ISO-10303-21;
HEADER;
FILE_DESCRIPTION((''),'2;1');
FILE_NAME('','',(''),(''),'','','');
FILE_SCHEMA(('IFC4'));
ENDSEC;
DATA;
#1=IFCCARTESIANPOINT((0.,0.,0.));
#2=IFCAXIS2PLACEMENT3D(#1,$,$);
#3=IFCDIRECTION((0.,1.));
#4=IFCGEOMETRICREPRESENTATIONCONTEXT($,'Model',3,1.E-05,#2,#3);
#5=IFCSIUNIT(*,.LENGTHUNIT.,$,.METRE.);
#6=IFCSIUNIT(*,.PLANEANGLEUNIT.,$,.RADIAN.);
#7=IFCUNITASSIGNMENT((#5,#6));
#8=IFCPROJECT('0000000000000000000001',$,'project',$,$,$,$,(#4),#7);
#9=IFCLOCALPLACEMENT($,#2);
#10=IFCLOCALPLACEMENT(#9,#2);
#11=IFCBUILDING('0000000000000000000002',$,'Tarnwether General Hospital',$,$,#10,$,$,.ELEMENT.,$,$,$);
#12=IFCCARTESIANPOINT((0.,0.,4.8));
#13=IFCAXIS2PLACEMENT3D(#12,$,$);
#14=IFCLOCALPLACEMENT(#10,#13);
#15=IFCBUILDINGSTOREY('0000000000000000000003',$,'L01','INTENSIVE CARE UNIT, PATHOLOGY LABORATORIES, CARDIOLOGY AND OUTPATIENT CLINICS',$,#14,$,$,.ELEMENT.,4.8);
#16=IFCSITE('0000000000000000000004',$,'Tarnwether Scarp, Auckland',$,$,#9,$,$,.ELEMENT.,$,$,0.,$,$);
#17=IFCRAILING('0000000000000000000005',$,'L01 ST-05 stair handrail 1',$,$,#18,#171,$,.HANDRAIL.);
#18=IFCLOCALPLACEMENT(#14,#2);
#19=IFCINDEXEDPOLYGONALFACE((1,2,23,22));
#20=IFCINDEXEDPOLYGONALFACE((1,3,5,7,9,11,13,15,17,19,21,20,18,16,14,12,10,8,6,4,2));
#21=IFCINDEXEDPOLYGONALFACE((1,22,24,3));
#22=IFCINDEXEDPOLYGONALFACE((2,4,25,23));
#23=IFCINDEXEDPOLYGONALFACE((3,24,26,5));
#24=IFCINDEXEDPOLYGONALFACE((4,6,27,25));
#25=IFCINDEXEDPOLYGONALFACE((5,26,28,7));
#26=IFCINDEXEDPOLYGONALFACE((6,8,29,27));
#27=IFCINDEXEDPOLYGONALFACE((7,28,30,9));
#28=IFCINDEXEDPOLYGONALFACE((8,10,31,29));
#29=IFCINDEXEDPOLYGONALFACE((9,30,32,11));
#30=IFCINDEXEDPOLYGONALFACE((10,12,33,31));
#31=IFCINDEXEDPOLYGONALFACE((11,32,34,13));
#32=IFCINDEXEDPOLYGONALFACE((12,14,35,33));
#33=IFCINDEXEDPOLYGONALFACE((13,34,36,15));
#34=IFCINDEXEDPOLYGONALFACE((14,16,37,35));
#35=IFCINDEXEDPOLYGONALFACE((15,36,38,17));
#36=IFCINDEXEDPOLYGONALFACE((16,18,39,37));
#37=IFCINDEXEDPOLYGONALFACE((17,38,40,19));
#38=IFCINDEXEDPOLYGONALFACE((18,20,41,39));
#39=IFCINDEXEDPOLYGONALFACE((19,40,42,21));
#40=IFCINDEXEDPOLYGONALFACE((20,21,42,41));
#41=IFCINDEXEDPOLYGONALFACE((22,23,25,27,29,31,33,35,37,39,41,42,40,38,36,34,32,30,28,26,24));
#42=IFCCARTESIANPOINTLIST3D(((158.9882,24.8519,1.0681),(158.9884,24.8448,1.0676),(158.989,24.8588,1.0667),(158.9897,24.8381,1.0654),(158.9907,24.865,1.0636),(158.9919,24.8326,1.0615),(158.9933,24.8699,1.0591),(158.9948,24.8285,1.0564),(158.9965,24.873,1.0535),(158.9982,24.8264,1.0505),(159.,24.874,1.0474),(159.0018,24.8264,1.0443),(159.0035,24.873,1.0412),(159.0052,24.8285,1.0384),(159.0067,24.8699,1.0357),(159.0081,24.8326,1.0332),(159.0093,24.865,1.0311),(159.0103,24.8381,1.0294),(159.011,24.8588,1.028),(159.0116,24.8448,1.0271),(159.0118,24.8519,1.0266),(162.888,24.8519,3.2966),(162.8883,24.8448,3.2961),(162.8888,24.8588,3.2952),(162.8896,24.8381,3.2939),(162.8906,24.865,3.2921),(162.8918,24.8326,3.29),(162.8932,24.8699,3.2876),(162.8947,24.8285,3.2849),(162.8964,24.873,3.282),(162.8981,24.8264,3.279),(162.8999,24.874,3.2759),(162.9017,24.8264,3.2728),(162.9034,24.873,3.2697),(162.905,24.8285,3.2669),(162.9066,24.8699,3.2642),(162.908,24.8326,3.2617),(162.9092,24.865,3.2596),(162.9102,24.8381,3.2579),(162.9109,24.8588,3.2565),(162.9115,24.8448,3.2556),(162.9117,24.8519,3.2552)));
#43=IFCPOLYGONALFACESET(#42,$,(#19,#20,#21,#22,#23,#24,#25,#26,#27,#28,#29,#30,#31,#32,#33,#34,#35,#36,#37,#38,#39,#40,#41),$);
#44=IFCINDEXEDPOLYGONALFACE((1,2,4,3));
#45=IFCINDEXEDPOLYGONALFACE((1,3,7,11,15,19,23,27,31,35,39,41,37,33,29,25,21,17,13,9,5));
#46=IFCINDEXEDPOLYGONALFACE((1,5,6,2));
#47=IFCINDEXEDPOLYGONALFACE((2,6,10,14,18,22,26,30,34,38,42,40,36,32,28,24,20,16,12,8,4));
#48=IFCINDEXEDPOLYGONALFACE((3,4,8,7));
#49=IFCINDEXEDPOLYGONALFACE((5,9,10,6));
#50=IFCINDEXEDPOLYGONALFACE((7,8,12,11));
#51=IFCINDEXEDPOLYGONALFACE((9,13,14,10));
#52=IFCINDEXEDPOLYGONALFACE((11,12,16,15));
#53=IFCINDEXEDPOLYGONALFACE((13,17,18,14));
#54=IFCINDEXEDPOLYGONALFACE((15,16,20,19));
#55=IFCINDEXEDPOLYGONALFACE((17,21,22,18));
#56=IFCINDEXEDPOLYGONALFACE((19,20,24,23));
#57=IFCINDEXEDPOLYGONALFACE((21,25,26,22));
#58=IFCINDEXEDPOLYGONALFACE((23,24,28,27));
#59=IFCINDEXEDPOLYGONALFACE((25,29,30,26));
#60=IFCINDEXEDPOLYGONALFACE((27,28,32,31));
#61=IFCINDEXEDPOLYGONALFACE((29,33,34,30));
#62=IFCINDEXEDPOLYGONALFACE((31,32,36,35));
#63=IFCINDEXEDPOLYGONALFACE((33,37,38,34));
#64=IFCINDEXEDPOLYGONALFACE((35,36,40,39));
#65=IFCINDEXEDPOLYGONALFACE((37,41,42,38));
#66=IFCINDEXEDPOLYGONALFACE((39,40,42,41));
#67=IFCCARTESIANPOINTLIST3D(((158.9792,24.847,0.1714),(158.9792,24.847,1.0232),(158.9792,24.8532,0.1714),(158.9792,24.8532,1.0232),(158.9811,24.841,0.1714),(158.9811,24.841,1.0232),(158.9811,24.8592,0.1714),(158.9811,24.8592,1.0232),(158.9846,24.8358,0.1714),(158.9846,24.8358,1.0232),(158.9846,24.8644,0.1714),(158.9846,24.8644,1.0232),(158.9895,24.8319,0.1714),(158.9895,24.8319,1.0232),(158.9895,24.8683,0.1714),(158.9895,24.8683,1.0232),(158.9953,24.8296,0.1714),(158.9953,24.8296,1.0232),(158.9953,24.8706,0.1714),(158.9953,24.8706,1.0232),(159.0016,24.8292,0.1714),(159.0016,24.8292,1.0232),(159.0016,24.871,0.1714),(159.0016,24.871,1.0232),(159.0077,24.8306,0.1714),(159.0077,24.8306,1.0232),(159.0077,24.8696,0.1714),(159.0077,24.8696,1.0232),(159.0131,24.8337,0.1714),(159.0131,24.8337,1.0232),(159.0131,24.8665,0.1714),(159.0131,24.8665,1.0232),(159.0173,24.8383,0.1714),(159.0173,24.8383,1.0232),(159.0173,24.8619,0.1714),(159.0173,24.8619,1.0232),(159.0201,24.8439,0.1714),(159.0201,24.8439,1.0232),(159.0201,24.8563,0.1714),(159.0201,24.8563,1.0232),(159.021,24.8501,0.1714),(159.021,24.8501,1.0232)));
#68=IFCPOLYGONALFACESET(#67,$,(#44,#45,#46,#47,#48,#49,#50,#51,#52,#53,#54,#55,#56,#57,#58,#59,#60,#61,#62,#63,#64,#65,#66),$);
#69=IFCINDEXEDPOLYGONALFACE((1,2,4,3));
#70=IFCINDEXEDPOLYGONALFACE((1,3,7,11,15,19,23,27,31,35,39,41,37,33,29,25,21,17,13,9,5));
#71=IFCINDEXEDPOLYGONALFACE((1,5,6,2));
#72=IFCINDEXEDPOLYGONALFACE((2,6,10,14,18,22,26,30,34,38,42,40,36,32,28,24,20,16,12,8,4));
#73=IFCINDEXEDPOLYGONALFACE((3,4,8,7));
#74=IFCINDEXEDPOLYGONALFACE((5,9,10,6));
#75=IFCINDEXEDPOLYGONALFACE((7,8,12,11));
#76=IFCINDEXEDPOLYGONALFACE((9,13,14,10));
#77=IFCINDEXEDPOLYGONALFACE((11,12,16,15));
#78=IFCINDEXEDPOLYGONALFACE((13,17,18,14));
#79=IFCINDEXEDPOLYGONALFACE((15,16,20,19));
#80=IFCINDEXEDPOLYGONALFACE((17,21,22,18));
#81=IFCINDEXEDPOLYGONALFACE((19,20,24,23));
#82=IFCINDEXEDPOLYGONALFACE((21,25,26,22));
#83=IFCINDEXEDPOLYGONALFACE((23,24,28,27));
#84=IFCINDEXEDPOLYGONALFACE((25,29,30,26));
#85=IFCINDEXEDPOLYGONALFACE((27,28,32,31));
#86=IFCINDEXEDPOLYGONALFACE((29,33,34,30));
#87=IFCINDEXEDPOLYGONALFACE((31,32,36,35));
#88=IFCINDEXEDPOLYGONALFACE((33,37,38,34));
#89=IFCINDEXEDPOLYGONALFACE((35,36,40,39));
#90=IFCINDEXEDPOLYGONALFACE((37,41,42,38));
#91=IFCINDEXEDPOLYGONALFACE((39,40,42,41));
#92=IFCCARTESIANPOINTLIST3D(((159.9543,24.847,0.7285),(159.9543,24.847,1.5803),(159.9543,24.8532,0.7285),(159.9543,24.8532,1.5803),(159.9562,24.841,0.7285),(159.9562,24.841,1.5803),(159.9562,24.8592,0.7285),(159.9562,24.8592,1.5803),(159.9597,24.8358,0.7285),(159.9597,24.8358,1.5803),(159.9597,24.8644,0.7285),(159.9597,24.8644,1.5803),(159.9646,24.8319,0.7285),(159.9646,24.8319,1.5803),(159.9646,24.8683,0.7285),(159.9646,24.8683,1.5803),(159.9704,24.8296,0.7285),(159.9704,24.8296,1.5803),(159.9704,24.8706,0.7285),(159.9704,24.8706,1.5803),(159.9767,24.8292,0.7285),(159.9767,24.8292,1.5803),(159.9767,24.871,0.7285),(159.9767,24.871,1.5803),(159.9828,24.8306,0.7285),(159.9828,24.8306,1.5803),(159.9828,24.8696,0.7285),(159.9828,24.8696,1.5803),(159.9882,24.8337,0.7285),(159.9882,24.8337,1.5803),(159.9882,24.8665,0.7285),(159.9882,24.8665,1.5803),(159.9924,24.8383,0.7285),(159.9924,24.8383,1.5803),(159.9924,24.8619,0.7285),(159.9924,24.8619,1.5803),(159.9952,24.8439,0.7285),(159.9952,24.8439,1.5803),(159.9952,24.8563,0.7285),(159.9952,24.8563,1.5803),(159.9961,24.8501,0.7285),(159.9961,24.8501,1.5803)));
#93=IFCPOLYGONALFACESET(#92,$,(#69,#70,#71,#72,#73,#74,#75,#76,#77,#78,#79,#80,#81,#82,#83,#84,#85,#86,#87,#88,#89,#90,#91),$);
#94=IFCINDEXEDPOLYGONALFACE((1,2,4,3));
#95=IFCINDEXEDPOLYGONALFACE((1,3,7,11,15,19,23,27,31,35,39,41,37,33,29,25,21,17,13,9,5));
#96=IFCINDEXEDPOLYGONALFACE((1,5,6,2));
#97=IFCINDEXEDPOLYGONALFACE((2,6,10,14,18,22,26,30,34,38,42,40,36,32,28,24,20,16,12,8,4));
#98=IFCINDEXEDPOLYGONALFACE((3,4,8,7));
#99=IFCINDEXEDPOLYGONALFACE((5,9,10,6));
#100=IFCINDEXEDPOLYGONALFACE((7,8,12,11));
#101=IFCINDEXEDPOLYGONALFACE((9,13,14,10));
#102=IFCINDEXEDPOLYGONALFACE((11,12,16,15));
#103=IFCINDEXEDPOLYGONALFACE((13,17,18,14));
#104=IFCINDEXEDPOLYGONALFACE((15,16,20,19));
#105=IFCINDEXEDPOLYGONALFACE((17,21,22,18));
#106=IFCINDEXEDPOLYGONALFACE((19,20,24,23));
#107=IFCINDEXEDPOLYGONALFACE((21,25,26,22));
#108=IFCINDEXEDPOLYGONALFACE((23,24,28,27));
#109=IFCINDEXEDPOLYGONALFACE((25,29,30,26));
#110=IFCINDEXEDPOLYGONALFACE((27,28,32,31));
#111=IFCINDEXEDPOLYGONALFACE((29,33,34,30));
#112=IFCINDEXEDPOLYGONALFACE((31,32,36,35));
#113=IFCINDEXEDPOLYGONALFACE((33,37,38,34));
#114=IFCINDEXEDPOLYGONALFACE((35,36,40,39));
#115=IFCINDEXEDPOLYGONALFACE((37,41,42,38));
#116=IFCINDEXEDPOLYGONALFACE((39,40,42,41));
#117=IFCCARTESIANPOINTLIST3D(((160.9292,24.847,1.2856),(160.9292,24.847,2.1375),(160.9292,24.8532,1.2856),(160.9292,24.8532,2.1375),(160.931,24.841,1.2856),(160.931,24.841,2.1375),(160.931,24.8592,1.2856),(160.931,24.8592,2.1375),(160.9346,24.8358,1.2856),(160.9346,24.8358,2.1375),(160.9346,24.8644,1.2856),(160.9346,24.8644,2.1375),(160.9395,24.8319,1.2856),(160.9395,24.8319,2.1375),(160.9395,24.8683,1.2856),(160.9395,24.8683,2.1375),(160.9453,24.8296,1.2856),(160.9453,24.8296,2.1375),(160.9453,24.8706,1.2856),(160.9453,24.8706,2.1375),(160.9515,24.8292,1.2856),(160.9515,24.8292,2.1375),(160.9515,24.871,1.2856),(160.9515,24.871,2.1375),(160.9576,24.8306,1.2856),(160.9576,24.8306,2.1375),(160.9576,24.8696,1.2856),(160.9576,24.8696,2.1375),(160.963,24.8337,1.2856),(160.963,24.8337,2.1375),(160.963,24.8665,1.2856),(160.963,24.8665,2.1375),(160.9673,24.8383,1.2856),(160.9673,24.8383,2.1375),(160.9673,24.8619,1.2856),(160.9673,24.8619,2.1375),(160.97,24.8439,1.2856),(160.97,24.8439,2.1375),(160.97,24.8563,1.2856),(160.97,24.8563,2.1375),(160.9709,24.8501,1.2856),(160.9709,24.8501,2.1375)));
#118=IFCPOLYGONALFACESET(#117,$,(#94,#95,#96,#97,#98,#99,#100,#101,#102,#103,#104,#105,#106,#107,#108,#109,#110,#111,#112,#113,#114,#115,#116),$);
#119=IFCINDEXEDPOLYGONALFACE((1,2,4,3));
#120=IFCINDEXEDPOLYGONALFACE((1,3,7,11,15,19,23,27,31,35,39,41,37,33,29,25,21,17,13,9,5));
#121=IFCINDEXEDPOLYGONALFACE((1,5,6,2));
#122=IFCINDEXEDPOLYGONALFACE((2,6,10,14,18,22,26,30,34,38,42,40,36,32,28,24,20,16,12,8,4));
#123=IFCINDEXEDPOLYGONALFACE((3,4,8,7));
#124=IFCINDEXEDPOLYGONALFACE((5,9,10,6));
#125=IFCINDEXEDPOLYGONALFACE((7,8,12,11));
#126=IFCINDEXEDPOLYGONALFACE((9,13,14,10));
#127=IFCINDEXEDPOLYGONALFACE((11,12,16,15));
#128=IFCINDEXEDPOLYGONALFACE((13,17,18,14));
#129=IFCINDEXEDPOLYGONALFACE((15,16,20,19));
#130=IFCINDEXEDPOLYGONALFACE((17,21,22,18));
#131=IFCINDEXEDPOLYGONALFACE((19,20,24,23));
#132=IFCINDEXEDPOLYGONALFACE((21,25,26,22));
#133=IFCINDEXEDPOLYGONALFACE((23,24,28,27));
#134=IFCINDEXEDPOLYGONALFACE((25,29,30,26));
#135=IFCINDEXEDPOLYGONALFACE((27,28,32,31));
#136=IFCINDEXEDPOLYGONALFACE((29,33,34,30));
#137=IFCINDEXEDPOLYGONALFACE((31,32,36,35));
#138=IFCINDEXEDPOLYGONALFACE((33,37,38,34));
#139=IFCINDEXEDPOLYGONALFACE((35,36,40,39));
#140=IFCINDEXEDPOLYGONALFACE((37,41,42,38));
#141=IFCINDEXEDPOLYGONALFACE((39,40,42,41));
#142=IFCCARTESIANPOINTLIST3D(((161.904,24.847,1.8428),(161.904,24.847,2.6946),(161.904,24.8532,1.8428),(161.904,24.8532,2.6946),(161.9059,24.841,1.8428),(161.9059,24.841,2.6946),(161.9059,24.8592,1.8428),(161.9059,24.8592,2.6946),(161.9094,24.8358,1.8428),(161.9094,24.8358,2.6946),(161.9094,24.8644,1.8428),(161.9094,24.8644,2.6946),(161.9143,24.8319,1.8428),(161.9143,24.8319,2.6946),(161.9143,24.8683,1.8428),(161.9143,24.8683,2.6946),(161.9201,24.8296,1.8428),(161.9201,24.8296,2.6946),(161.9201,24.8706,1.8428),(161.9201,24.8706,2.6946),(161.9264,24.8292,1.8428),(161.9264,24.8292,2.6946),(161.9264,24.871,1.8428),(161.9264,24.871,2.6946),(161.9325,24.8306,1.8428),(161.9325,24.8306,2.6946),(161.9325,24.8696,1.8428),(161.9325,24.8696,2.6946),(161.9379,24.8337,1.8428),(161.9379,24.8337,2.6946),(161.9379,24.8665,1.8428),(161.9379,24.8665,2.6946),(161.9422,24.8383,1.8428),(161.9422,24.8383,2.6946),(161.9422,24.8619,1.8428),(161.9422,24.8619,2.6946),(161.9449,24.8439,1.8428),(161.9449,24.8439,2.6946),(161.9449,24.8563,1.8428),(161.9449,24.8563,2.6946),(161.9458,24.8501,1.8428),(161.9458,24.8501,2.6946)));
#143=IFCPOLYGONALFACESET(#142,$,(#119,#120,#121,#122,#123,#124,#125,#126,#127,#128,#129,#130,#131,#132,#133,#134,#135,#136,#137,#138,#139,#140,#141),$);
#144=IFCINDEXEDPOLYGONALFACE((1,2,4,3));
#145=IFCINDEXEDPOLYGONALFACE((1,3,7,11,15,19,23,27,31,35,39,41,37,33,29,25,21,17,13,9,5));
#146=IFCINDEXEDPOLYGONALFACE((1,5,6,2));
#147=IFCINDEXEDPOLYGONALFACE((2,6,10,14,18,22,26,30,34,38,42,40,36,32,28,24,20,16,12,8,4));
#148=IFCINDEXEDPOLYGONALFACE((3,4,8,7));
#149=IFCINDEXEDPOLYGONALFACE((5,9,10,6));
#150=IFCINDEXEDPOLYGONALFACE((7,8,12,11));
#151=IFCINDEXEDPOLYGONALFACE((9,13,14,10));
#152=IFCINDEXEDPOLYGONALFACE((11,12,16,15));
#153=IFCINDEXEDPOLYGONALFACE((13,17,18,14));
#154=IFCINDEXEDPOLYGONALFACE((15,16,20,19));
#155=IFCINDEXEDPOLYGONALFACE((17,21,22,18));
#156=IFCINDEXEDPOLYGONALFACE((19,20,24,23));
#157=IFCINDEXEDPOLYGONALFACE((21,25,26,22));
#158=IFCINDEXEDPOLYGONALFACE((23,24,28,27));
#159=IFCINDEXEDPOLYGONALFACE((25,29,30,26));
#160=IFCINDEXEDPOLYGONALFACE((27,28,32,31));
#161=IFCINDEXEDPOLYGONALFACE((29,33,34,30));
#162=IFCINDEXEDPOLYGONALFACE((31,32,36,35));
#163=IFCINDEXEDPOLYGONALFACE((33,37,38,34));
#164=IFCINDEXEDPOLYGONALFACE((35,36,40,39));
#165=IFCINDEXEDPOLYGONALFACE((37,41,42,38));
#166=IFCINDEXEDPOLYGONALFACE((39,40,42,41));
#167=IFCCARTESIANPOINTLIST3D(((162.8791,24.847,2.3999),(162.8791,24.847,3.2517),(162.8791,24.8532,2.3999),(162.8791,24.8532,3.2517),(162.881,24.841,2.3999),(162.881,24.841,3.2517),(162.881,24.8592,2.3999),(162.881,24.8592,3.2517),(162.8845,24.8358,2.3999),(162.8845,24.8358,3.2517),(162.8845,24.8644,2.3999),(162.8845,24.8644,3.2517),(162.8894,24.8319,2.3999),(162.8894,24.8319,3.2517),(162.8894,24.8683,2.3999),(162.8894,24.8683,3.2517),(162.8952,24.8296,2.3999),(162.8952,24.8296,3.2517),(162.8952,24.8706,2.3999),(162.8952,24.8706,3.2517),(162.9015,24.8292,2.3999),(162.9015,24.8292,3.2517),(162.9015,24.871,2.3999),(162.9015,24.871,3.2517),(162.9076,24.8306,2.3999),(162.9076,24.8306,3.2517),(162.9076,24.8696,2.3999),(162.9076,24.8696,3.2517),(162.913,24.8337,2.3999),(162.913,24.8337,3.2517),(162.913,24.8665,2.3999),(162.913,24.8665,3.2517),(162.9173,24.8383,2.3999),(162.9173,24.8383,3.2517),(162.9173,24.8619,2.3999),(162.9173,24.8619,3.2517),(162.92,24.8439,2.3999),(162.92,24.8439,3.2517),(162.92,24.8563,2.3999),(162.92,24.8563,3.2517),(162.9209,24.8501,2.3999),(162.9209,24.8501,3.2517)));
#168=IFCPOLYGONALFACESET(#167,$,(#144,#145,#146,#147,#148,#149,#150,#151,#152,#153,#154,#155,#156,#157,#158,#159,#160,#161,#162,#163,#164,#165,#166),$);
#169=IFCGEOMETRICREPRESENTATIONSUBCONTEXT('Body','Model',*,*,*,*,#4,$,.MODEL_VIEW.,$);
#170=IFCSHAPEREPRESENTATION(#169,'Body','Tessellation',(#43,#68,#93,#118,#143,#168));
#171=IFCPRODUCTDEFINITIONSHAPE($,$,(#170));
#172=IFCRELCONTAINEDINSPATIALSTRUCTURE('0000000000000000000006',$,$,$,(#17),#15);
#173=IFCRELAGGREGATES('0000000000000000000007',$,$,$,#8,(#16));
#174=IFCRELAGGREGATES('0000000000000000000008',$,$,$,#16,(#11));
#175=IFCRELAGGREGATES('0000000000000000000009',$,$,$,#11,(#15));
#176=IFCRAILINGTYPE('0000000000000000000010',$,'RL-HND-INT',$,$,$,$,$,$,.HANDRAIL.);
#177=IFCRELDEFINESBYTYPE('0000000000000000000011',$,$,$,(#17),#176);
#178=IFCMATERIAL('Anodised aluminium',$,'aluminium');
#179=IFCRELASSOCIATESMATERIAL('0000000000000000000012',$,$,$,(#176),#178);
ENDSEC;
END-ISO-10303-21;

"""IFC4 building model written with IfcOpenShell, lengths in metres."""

from ifc_helpers import new_model, si_unit, direction, frame, origin, origin_2d, place, context, subcontext, project, spatial, circle, extrude, material, type_object, element, save


model = new_model("IFC4")

# Units and contexts
model_context = context("Model", 3, precision=1e-05, world=origin(), true_north=direction((0.0, 1.0)))
body_context = subcontext(model_context, "Body", "Model", "MODEL_VIEW")
ifc_project = project(units=[si_unit("LENGTHUNIT", "METRE"), si_unit("PLANEANGLEUNIT", "RADIAN")], contexts=[model_context])

# Site, building, storey
site_placement = place(None, origin())
site = spatial("IfcSite", under=ifc_project, at=site_placement, Name="Tarnwether Scarp, Auckland", CompositionType="ELEMENT", RefElevation=0.0)
building_placement = place(site_placement, origin())
building = spatial("IfcBuilding", under=site, at=building_placement, Name="Tarnwether General Hospital", CompositionType="ELEMENT")
storey_placement = place(building_placement, frame((0.0, 0.0, 4.8)))
storey = spatial("IfcBuildingStorey", under=building, at=storey_placement, Name="L01", Description="INTENSIVE CARE UNIT, PATHOLOGY LABORATORIES, CARDIOLOGY AND OUTPATIENT CLINICS", CompositionType="ELEMENT", Elevation=4.8)

# Railing
ifc_material_1 = material(Name="Anodised aluminium", Category="aluminium")
railing_type_1 = type_object("IfcRailingType", Name="RL-HND-INT", PredefinedType="HANDRAIL", material=ifc_material_1)
railing_1_placement = place(storey_placement, frame((159.0, 24.8501, 0.1714)))
element("IfcRailing", 1, at=railing_1_placement, inside=storey, type_object=railing_type_1, Name="L01 ST-05 stair handrail 1", PredefinedType="HANDRAIL", context=body_context, shape_type="SweptSolid", body=[
    extrude(circle(Radius=0.0239, at=origin_2d()), frame((0.0, 0.0, 0.876), z_axis=(0.868243, 0.0, 0.496139), x_axis=(0.0, 1.0, 0.0)), (0.0, 0.0, 1.0), 4.4917),
    extrude(circle(Radius=0.021, at=origin_2d()), origin(), (0.0, 0.0, 1.0), 0.8518),
    extrude(circle(Radius=0.021, at=origin_2d()), frame((0.9751, 0.0, 0.5571)), (0.0, 0.0, 1.0), 0.8518),
    extrude(circle(Radius=0.021, at=origin_2d()), frame((1.95, 0.0, 1.1143)), (0.0, 0.0, 1.0), 0.8518),
    extrude(circle(Radius=0.021, at=origin_2d()), frame((2.9248, 0.0, 1.6714)), (0.0, 0.0, 1.0), 0.8518),
    extrude(circle(Radius=0.021, at=origin_2d()), frame((3.8999, 0.0, 2.2285)), (0.0, 0.0, 1.0), 0.8518),
])

save(model, "model.ifc")
